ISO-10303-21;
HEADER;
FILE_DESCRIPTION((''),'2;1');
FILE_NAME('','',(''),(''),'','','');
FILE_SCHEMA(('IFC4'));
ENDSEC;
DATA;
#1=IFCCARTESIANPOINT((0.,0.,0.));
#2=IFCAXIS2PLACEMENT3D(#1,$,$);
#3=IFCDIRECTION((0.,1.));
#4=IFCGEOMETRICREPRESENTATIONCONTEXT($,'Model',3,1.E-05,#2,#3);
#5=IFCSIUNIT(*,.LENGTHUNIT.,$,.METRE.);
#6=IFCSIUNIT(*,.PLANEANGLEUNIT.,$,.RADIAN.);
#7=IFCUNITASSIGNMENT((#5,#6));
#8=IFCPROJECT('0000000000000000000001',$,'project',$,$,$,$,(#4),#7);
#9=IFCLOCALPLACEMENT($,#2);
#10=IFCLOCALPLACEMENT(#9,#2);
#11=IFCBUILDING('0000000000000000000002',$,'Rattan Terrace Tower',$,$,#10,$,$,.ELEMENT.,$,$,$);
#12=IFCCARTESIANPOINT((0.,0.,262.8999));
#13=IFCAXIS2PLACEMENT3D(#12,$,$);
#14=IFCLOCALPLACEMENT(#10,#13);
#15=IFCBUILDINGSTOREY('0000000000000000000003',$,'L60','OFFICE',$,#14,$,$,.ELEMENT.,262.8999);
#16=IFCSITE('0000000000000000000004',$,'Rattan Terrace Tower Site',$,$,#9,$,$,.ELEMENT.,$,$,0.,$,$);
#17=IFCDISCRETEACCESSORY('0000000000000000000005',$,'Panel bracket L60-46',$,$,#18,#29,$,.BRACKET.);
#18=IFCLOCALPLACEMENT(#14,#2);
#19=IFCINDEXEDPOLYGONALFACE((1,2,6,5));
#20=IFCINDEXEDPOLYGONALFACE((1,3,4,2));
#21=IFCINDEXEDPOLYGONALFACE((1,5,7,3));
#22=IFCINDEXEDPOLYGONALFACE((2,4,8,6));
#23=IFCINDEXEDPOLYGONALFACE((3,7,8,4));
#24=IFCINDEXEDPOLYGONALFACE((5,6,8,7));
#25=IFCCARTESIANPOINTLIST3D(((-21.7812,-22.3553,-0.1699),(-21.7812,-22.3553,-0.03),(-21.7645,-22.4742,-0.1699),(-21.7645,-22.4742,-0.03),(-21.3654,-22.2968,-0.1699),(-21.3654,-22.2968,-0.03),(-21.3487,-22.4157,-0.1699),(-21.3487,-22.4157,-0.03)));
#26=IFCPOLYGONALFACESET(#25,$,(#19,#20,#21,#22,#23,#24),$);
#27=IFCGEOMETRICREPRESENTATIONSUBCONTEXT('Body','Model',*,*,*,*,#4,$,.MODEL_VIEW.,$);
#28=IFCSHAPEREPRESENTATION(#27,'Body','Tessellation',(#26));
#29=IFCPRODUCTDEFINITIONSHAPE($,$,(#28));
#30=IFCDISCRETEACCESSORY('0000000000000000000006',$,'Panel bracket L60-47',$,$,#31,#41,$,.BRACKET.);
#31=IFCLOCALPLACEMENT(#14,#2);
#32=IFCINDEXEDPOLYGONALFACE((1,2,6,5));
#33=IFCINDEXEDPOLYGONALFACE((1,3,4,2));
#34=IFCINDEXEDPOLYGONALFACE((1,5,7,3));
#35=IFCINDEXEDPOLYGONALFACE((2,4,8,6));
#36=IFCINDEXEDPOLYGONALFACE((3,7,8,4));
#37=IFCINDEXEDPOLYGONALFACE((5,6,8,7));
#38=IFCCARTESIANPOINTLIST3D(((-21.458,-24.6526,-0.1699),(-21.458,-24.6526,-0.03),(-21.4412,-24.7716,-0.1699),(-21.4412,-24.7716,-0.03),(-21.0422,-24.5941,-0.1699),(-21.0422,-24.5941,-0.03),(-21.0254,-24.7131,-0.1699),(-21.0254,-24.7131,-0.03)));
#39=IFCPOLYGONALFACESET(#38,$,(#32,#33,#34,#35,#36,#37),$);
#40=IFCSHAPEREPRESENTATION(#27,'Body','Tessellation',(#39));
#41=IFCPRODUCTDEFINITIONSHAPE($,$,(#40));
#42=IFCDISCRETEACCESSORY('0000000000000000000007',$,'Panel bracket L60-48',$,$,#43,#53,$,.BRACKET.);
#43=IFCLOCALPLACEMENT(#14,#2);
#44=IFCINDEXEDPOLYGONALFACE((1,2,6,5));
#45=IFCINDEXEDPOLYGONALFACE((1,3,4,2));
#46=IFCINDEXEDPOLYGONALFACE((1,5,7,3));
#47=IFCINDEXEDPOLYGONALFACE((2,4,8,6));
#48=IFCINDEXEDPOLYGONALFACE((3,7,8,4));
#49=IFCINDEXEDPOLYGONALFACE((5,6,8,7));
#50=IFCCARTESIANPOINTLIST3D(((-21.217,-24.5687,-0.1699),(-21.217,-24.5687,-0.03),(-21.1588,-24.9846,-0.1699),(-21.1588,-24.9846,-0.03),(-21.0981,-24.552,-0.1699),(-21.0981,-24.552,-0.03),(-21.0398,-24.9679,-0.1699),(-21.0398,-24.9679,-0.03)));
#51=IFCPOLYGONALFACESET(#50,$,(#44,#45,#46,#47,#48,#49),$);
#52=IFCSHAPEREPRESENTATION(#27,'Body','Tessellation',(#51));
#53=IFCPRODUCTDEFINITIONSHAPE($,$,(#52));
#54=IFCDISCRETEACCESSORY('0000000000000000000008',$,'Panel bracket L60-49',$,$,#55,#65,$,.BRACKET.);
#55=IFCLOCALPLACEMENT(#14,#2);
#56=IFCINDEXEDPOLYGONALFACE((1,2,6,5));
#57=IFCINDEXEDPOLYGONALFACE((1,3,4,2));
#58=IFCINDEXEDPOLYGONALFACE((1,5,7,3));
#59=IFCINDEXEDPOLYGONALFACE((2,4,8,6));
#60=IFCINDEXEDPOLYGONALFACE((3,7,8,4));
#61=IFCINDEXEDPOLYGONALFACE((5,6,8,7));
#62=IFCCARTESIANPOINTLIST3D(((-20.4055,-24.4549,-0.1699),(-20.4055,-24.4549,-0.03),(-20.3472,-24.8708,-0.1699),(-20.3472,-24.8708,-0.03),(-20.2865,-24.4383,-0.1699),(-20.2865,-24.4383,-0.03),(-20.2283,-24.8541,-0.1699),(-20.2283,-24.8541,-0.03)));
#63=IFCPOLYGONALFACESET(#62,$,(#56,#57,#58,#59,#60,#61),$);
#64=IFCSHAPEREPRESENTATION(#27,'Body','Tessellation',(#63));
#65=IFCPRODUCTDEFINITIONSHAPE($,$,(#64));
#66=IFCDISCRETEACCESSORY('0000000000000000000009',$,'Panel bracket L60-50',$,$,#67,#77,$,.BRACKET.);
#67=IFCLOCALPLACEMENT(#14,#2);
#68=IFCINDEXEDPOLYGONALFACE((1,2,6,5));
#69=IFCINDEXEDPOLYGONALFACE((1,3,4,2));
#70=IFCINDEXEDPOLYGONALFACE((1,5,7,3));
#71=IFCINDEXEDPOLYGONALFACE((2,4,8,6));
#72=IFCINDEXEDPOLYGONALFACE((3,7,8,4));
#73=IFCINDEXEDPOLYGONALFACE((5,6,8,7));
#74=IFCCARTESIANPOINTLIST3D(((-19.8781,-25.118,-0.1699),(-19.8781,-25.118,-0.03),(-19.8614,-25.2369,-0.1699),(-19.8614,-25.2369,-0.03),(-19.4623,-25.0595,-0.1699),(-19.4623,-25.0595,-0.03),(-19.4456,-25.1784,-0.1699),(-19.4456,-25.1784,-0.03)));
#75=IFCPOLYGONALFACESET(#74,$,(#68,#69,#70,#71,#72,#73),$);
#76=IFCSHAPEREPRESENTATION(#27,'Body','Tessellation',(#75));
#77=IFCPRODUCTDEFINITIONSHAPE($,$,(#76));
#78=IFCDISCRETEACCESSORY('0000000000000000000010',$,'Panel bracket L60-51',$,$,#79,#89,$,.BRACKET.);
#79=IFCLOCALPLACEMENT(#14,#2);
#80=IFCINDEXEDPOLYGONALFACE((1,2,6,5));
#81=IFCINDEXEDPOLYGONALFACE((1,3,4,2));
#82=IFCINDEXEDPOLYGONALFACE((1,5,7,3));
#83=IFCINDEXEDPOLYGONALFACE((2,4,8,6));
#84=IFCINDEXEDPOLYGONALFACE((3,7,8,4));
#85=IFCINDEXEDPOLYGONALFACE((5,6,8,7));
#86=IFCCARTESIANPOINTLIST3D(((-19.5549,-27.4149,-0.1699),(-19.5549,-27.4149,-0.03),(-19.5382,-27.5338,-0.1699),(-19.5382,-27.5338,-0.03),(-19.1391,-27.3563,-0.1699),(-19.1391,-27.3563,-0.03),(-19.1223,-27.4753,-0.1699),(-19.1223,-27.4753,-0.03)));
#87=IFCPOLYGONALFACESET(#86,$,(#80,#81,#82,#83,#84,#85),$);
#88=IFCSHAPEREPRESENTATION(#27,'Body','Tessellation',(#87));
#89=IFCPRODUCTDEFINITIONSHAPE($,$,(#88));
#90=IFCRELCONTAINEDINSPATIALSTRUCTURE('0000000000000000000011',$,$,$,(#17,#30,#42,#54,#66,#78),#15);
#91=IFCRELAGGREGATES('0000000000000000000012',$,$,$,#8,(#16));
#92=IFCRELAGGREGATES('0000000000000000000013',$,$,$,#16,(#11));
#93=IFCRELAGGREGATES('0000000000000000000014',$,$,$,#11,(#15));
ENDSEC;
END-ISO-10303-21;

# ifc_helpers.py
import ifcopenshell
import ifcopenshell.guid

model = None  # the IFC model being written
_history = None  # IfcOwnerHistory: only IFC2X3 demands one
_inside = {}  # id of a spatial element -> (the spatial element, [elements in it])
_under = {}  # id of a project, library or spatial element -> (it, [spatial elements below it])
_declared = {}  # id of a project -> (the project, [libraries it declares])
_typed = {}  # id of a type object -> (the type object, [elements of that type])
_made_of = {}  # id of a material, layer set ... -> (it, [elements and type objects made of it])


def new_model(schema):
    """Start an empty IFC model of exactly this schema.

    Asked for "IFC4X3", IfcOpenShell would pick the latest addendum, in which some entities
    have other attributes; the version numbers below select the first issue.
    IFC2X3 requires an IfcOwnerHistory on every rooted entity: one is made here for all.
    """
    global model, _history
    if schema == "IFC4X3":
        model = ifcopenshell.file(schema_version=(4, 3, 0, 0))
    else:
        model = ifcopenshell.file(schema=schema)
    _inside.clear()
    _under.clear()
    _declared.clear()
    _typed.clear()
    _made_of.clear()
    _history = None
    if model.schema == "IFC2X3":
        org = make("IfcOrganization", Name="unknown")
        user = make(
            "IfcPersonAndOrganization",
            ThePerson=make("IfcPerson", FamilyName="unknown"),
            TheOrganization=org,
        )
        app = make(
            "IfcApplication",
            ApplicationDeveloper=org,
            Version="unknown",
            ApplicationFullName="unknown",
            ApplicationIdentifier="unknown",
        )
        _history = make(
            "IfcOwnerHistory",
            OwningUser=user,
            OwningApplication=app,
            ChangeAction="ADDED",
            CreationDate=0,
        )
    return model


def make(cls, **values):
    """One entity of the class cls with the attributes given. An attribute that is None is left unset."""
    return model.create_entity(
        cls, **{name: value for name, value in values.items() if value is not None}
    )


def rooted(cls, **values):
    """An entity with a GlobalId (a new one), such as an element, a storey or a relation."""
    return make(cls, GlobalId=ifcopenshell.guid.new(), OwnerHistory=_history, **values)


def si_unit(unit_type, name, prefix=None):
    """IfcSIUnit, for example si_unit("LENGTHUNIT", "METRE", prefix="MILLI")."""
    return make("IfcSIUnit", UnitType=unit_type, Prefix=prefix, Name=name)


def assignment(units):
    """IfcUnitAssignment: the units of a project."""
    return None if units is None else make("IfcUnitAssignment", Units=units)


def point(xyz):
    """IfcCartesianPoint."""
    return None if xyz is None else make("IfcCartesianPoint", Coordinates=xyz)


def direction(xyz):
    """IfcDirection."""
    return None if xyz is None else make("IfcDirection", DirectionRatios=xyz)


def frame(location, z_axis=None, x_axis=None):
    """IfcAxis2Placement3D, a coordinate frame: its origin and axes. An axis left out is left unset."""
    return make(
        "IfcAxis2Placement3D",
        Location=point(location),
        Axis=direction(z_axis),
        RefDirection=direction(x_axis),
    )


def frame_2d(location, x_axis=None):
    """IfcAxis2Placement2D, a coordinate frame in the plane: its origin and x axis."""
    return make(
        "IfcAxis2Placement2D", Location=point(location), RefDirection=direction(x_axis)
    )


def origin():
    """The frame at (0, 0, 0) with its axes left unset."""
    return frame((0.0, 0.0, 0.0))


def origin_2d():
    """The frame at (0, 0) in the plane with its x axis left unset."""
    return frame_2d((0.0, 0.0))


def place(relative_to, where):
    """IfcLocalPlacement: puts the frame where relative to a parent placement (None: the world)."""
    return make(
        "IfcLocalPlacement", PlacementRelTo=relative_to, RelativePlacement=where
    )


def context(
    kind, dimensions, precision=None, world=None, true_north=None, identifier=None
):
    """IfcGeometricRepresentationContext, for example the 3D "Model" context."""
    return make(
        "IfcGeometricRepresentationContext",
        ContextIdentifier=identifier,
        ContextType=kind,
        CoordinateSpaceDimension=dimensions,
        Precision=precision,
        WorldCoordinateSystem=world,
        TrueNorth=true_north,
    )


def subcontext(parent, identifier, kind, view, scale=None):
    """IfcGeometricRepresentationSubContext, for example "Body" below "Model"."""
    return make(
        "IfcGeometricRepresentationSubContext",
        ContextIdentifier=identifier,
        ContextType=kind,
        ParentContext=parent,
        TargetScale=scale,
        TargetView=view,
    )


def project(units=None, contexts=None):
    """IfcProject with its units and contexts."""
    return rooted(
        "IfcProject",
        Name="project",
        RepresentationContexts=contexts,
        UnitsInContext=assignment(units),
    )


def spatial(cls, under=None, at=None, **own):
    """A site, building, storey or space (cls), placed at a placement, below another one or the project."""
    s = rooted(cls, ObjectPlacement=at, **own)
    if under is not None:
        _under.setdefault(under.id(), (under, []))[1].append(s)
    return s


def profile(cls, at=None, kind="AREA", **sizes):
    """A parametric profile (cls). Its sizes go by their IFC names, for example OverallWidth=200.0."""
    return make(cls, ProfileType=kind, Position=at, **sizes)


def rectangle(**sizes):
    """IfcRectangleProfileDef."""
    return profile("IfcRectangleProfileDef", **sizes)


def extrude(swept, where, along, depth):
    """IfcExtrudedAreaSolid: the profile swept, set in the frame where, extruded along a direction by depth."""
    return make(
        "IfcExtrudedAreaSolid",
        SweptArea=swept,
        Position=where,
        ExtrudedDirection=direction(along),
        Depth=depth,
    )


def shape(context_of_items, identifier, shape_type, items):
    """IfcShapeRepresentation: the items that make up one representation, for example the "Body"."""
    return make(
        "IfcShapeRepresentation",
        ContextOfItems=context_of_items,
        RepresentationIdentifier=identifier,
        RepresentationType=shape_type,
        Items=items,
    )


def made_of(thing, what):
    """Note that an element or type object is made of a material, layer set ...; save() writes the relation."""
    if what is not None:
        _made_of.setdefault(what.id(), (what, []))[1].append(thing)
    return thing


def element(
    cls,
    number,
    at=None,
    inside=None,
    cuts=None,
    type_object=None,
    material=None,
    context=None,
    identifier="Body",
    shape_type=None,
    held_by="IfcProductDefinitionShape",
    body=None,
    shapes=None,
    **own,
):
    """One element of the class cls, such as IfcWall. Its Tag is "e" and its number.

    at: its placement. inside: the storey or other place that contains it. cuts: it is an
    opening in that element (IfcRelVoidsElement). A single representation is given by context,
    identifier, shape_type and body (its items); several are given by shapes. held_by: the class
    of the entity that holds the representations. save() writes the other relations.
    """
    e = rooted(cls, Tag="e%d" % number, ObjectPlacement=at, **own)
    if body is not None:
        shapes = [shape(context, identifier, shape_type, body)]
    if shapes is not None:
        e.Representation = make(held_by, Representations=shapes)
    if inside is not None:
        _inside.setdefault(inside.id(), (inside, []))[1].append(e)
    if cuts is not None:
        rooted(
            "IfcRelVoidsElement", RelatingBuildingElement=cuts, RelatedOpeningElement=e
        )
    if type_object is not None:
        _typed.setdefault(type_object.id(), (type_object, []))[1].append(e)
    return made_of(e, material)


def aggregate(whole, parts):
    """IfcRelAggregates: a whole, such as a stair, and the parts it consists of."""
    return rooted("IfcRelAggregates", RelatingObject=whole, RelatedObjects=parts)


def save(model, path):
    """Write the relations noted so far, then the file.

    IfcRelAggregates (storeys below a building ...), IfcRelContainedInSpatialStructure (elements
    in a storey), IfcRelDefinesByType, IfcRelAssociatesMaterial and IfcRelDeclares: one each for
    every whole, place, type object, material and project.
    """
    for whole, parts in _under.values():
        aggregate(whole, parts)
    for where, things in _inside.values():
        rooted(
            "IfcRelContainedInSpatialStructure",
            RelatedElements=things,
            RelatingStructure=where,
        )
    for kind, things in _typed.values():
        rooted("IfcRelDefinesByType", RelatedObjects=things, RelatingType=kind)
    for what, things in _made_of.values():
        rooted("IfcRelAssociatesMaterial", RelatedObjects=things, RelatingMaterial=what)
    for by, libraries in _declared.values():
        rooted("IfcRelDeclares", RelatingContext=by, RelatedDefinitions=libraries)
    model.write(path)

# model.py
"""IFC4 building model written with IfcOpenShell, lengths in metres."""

from ifc_helpers import new_model, si_unit, direction, frame, origin, origin_2d, place, context, subcontext, project, spatial, rectangle, extrude, element, save


model = new_model("IFC4")

# Units and contexts
model_context = context("Model", 3, precision=1e-05, world=origin(), true_north=direction((0.0, 1.0)))
body_context = subcontext(model_context, "Body", "Model", "MODEL_VIEW")
ifc_project = project(units=[si_unit("LENGTHUNIT", "METRE"), si_unit("PLANEANGLEUNIT", "RADIAN")], contexts=[model_context])

# Site, building, storey
site_placement = place(None, origin())
site = spatial("IfcSite", under=ifc_project, at=site_placement, Name="Rattan Terrace Tower Site", CompositionType="ELEMENT", RefElevation=0.0)
building_placement = place(site_placement, origin())
building = spatial("IfcBuilding", under=site, at=building_placement, Name="Rattan Terrace Tower", CompositionType="ELEMENT")
storey_placement = place(building_placement, frame((0.0, 0.0, 262.8999)))
storey = spatial("IfcBuildingStorey", under=building, at=storey_placement, Name="L60", Description="OFFICE", CompositionType="ELEMENT", Elevation=262.8999)

# Discrete accessories
for number, where, z_axis, x_axis, name in (
    (1, (-21.5649, -22.3855, -0.1699), (0.0, 0.0, 1.0), (0.139321, -0.990247, 0.0), "Panel bracket L60-46"),
    (2, (-21.2417, -24.6829, -0.1699), (0.0, 0.0, 1.0), (0.139321, -0.990247, 0.0), "Panel bracket L60-47"),
    (3, (-21.1284, -24.7683, -0.1699), (0.0, 0.0, 1.0), (0.990333, 0.138713, 0.0), "Panel bracket L60-48"),
    (4, (-20.3169, -24.6545, -0.1699), (0.0, 0.0, 1.0), (0.990333, 0.138713, 0.0), "Panel bracket L60-49"),
    (5, (-19.6619, -25.1482, -0.1699), (0.0, 0.0, 1.0), (0.139367, -0.990241, 0.0), "Panel bracket L60-50"),
    (6, (-19.3386, -27.4451, -0.1699), (0.0, 0.0, 1.0), (0.139367, -0.990241, 0.0), "Panel bracket L60-51"),
):
    element("IfcDiscreteAccessory", number, at=place(storey_placement, frame(where, z_axis=z_axis, x_axis=x_axis)), inside=storey, Name=name, PredefinedType="BRACKET", context=body_context, shape_type="SweptSolid", body=[
        extrude(rectangle(XDim=0.1201, YDim=0.4199, at=origin_2d()), origin(), (0.0, 0.0, 1.0), 0.1399),
    ])

save(model, "model.ifc")
